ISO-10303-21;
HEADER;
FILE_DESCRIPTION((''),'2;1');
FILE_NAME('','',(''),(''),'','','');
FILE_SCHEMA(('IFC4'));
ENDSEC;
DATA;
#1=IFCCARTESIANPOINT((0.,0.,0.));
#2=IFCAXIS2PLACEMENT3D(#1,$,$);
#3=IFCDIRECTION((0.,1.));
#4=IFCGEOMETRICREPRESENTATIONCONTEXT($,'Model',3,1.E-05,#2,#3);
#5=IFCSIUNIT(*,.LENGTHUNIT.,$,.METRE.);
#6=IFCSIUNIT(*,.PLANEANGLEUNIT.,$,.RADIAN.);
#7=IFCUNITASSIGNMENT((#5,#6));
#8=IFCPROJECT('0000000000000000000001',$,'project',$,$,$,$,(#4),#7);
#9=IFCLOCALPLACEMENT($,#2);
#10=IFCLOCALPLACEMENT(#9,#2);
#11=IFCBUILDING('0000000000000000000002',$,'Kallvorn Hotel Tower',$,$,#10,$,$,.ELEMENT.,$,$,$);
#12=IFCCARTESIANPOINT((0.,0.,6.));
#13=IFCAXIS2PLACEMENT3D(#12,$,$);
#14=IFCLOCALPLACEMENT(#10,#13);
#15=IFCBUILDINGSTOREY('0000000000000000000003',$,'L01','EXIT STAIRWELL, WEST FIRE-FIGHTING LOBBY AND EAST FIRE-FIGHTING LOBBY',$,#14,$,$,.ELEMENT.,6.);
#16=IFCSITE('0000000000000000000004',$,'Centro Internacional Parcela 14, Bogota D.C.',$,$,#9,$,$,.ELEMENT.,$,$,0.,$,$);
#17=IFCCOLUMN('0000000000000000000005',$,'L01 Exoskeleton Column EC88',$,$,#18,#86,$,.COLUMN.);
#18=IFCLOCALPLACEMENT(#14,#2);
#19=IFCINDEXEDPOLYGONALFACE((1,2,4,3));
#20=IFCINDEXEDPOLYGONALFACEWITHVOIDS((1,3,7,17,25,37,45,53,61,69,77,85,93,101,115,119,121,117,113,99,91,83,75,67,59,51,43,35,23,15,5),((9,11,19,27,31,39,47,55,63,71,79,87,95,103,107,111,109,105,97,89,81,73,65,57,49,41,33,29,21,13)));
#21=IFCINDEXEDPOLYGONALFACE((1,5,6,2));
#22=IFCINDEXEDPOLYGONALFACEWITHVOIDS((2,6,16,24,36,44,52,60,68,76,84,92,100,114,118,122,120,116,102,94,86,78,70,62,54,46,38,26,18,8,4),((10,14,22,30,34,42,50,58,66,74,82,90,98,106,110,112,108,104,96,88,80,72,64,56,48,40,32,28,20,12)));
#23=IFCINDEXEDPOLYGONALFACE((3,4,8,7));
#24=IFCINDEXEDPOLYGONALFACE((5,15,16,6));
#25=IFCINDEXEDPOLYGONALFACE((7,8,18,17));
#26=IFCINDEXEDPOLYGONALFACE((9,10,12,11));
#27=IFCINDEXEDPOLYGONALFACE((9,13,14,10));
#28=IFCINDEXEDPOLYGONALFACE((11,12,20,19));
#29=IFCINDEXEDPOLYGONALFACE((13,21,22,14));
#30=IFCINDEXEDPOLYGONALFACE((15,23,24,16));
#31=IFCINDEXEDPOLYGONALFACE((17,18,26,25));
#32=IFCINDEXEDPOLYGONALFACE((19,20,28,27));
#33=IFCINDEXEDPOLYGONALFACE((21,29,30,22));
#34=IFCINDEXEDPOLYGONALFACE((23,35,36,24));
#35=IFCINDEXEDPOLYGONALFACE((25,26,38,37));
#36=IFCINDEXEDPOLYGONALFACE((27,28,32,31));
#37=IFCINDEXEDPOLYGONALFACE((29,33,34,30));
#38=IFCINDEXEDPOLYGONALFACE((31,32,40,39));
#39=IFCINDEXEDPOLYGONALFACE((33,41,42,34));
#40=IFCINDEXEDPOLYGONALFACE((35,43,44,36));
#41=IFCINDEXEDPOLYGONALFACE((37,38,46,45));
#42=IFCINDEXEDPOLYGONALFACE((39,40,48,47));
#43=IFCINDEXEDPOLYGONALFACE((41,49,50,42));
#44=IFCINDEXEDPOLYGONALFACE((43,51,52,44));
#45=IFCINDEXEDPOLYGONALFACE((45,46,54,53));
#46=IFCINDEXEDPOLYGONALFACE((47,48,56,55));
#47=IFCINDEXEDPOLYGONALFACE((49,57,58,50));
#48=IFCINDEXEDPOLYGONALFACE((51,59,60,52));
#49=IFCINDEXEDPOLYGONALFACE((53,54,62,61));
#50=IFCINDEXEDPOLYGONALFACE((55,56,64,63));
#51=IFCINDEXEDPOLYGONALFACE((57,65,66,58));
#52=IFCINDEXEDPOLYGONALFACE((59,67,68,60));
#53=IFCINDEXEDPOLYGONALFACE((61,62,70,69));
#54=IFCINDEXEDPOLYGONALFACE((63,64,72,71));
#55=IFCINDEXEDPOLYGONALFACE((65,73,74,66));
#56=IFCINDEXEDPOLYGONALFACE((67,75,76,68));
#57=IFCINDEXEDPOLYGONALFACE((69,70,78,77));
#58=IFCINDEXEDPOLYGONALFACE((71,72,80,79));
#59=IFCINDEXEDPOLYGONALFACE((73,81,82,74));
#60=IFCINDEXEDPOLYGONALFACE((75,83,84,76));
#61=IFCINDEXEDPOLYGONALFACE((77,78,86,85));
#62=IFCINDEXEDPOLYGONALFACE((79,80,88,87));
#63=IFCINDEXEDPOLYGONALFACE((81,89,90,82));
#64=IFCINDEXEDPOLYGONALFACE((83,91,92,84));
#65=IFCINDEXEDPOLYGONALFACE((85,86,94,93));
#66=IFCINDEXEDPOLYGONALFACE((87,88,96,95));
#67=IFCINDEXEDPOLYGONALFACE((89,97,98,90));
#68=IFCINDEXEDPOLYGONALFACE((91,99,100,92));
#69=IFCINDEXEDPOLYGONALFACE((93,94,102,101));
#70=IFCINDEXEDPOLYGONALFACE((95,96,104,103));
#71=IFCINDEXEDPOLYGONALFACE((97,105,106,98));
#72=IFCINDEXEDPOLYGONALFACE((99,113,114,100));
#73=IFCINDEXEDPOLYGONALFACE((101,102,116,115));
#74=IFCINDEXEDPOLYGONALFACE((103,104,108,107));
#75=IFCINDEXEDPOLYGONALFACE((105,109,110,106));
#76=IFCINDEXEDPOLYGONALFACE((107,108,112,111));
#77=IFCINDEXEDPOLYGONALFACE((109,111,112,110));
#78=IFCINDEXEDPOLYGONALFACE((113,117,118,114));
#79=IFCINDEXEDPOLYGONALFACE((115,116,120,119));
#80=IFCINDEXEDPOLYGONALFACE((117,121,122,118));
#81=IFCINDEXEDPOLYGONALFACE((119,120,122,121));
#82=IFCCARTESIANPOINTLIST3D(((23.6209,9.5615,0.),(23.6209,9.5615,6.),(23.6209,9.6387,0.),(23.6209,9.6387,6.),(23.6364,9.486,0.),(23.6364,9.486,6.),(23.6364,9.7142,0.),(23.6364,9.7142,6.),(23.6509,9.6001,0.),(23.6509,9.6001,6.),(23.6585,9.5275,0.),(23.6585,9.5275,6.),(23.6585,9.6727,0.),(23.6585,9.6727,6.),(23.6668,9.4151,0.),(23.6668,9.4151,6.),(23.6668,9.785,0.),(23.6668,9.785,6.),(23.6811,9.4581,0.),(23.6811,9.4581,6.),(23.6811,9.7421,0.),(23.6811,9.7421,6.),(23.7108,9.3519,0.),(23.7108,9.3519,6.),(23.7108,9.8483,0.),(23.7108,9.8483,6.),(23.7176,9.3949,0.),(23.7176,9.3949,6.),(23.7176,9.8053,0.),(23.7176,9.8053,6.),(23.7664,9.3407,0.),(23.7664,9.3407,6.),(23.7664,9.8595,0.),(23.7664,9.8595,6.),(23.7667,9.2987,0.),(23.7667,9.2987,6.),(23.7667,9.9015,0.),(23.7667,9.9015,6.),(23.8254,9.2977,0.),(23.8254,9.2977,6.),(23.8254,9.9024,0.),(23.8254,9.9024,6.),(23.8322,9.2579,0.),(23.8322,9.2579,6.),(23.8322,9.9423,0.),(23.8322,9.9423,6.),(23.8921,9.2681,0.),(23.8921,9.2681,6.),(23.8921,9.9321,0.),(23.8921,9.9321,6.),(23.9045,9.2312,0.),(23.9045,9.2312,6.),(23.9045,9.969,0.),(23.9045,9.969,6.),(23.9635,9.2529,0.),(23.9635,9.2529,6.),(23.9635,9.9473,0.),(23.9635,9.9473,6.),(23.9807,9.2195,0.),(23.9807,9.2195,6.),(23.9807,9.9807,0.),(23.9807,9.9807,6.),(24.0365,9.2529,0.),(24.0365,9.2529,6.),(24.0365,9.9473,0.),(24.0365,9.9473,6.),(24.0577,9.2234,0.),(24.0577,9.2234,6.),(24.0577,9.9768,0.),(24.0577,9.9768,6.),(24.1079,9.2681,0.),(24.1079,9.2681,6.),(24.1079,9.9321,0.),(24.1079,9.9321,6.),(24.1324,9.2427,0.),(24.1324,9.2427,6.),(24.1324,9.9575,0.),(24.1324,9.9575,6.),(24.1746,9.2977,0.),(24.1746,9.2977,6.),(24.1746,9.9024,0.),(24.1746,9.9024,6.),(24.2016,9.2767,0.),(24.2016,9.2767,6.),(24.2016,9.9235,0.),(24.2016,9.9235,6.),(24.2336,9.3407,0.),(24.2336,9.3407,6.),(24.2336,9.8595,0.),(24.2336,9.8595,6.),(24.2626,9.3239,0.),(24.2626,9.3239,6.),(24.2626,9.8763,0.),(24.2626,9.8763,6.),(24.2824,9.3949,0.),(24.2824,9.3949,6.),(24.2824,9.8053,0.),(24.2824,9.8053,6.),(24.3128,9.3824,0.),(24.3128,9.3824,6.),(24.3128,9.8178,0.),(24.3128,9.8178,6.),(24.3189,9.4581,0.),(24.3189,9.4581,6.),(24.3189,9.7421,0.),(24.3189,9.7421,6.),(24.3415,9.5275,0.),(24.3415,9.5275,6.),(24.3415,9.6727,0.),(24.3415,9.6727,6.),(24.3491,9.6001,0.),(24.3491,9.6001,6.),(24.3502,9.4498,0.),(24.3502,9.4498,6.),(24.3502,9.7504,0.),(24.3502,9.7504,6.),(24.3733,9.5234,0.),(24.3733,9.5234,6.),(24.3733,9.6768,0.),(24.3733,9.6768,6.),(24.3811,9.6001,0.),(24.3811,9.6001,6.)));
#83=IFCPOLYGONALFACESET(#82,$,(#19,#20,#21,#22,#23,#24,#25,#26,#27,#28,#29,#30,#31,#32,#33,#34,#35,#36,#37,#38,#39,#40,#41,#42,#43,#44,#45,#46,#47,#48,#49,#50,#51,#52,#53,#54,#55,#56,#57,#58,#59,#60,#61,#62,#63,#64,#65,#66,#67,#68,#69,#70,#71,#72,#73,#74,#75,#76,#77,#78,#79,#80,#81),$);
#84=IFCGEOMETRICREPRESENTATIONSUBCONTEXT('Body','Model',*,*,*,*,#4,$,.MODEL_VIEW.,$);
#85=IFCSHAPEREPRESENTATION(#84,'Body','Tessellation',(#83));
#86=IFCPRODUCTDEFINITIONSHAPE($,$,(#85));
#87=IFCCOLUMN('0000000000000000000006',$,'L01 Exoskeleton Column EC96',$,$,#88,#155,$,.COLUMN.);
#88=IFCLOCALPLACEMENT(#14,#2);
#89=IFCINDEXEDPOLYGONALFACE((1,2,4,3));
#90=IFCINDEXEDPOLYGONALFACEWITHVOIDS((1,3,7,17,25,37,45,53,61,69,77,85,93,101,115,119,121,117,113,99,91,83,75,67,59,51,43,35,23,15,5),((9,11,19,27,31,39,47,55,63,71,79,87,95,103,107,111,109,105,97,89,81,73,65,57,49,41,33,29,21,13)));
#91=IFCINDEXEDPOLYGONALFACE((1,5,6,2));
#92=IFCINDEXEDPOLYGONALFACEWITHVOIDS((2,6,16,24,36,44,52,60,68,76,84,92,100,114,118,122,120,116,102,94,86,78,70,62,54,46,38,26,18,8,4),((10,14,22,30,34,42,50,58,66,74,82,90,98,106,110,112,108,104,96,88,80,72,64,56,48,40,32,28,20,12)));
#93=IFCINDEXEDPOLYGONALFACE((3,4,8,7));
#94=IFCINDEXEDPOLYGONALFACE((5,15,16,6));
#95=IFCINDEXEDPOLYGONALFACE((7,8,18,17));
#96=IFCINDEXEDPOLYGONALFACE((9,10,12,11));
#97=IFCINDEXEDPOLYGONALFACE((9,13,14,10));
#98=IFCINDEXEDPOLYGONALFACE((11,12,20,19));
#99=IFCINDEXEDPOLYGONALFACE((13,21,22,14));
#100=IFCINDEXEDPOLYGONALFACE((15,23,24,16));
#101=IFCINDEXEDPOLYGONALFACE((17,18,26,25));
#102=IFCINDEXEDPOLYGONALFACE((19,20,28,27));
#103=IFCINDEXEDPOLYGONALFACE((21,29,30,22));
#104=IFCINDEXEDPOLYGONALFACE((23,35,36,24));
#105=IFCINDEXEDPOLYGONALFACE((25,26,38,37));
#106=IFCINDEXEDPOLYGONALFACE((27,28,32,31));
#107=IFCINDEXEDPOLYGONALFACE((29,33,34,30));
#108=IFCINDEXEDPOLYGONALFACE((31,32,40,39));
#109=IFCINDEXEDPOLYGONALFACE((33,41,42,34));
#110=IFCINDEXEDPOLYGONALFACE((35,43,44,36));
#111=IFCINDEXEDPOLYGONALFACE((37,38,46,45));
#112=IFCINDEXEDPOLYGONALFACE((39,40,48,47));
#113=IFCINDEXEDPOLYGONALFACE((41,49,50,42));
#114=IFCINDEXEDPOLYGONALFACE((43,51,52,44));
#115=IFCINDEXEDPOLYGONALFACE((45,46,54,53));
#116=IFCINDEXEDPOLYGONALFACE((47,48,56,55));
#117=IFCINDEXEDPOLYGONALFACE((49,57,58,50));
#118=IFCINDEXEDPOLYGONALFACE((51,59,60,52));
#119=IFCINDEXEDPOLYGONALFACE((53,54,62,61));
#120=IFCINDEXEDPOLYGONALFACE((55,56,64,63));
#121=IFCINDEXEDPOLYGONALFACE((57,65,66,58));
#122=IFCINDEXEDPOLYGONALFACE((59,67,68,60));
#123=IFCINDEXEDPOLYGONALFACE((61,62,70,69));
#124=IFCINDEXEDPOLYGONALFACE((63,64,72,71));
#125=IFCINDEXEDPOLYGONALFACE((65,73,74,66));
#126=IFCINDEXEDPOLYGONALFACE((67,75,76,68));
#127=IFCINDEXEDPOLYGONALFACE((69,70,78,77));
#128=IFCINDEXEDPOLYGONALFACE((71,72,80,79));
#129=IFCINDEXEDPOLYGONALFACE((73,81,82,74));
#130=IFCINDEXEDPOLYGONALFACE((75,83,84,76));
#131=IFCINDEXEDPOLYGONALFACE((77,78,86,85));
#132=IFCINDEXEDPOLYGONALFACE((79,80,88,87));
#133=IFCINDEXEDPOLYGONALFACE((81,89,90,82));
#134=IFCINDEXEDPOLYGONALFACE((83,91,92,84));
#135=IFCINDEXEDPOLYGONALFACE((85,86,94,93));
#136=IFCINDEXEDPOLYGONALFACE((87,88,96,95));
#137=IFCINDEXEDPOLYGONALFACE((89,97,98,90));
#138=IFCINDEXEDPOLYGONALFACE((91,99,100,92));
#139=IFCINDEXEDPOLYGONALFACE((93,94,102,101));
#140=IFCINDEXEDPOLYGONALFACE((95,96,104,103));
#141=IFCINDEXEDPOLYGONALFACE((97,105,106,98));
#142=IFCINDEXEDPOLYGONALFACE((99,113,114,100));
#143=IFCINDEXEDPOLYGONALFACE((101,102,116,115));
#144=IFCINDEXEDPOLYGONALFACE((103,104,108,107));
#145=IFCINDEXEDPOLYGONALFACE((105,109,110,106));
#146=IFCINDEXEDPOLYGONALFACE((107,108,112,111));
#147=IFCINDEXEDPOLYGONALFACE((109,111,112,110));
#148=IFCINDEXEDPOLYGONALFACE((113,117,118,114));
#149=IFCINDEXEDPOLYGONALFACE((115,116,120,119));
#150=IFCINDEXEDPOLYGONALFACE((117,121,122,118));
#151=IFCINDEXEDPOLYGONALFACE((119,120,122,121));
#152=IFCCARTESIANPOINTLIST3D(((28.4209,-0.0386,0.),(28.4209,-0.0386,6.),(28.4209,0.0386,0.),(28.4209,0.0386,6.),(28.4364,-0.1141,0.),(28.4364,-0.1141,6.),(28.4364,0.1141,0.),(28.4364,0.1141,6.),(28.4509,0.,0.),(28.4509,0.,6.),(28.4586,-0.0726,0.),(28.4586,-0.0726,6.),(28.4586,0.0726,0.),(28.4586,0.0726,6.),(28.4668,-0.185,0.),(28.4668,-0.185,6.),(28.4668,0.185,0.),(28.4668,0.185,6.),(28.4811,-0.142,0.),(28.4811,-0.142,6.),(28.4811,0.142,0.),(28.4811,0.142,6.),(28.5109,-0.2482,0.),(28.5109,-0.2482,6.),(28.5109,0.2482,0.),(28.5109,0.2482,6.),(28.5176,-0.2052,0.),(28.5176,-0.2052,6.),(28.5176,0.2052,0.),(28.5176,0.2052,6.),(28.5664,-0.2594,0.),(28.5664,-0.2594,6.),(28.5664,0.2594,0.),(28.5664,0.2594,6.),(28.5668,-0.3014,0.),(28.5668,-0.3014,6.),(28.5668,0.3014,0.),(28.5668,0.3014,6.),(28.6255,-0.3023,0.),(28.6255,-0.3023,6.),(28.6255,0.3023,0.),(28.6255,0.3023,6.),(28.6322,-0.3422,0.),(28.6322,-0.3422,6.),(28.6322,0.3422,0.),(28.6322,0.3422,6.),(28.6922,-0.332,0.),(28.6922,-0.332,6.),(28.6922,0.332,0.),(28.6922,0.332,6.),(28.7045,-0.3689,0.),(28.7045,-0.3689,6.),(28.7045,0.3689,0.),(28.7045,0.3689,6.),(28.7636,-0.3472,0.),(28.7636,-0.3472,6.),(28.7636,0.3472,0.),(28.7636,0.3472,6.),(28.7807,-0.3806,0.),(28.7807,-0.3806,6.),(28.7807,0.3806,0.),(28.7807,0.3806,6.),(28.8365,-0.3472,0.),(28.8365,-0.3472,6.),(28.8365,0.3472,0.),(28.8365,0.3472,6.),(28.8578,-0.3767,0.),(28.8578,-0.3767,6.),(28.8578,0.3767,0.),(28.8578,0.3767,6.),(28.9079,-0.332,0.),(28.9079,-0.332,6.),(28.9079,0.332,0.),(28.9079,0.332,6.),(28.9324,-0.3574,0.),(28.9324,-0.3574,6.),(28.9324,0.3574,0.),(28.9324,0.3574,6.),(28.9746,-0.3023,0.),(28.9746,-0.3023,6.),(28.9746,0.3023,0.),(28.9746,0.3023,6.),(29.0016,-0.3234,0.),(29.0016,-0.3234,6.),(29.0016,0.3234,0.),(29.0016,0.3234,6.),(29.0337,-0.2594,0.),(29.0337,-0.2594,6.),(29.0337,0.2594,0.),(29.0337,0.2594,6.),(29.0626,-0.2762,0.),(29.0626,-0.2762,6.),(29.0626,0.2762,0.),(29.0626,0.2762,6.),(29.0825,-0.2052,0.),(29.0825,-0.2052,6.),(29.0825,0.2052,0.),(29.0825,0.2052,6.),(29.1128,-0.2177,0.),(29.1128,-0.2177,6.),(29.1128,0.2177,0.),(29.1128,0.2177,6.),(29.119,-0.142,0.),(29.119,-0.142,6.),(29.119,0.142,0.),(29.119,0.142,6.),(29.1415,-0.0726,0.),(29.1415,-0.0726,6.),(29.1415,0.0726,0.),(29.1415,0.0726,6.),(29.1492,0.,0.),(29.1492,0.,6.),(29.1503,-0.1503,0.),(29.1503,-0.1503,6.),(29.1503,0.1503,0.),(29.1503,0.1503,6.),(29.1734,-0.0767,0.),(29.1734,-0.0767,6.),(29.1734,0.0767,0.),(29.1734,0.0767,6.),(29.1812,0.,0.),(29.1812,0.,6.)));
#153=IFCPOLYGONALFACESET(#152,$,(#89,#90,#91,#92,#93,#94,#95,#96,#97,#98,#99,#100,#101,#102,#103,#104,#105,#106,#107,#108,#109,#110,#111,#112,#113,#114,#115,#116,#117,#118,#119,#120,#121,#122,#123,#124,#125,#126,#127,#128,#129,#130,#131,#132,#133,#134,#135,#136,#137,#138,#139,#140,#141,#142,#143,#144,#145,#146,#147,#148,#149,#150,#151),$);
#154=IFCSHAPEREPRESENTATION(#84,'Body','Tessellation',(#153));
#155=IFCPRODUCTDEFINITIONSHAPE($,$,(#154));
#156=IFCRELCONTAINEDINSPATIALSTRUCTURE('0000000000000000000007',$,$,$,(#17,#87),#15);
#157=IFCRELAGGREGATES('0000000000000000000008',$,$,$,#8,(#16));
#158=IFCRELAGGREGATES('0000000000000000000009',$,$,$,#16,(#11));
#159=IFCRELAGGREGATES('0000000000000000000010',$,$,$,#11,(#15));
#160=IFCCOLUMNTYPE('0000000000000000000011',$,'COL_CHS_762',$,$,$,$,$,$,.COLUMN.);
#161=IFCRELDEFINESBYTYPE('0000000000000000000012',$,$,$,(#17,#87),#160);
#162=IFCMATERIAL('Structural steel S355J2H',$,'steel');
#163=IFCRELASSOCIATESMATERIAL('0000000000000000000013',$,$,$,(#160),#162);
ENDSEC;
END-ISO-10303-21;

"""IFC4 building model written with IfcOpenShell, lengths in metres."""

from ifc_helpers import new_model, si_unit, direction, frame, origin, origin_2d, place, context, subcontext, project, spatial, hollow_circle, extrude, material, material_profile, profile_set, type_object, element, save


model = new_model("IFC4")

# Units and contexts
model_context = context("Model", 3, precision=1e-05, world=origin(), true_north=direction((0.0, 1.0)))
body_context = subcontext(model_context, "Body", "Model", "MODEL_VIEW")
ifc_project = project(units=[si_unit("LENGTHUNIT", "METRE"), si_unit("PLANEANGLEUNIT", "RADIAN")], contexts=[model_context])

# Site, building, storey
site_placement = place(None, origin())
site = spatial("IfcSite", under=ifc_project, at=site_placement, Name="Centro Internacional Parcela 14, Bogota D.C.", CompositionType="ELEMENT", RefElevation=0.0)
building_placement = place(site_placement, origin())
building = spatial("IfcBuilding", under=site, at=building_placement, Name="Kallvorn Hotel Tower", CompositionType="ELEMENT")
storey_placement = place(building_placement, frame((0.0, 0.0, 6.0)))
storey = spatial("IfcBuildingStorey", under=building, at=storey_placement, Name="L01", Description="EXIT STAIRWELL, WEST FIRE-FIGHTING LOBBY AND EAST FIRE-FIGHTING LOBBY", CompositionType="ELEMENT", Elevation=6.0)

# Columns
ifc_material_1 = material(Name="Structural steel S355J2H", Category="steel")
ifc_material_profile_1 = material_profile(ifc_material_1, hollow_circle(Radius=0.3811, WallThickness=0.032, at=origin_2d()), Name="CHS 762x32")
ifc_profile_set_1 = profile_set([ifc_material_profile_1], Name="Structural steel S355J2H")
column_type_1 = type_object("IfcColumnType", Name="COL_CHS_762", PredefinedType="COLUMN", material=ifc_profile_set_1)
for number, where, z_axis, x_axis, name in (
    (1, (24.0, 9.6001, 0.0), (0.0, 0.0, 1.0), (1.0, 0.0, 0.0), "L01 Exoskeleton Column EC88"),
    (2, (28.8, 0.0, 0.0), (0.0, 0.0, 1.0), (1.0, 0.0, 0.0), "L01 Exoskeleton Column EC96"),
):
    element("IfcColumn", number, at=place(storey_placement, frame(where, z_axis=z_axis, x_axis=x_axis)), inside=storey, type_object=column_type_1, Name=name, PredefinedType="COLUMN", context=body_context, shape_type="SweptSolid", body=[
        extrude(hollow_circle(Radius=0.3811, WallThickness=0.032, at=origin_2d()), origin(), (0.0, 0.0, 1.0), 6.0),
    ])

save(model, "model.ifc")
